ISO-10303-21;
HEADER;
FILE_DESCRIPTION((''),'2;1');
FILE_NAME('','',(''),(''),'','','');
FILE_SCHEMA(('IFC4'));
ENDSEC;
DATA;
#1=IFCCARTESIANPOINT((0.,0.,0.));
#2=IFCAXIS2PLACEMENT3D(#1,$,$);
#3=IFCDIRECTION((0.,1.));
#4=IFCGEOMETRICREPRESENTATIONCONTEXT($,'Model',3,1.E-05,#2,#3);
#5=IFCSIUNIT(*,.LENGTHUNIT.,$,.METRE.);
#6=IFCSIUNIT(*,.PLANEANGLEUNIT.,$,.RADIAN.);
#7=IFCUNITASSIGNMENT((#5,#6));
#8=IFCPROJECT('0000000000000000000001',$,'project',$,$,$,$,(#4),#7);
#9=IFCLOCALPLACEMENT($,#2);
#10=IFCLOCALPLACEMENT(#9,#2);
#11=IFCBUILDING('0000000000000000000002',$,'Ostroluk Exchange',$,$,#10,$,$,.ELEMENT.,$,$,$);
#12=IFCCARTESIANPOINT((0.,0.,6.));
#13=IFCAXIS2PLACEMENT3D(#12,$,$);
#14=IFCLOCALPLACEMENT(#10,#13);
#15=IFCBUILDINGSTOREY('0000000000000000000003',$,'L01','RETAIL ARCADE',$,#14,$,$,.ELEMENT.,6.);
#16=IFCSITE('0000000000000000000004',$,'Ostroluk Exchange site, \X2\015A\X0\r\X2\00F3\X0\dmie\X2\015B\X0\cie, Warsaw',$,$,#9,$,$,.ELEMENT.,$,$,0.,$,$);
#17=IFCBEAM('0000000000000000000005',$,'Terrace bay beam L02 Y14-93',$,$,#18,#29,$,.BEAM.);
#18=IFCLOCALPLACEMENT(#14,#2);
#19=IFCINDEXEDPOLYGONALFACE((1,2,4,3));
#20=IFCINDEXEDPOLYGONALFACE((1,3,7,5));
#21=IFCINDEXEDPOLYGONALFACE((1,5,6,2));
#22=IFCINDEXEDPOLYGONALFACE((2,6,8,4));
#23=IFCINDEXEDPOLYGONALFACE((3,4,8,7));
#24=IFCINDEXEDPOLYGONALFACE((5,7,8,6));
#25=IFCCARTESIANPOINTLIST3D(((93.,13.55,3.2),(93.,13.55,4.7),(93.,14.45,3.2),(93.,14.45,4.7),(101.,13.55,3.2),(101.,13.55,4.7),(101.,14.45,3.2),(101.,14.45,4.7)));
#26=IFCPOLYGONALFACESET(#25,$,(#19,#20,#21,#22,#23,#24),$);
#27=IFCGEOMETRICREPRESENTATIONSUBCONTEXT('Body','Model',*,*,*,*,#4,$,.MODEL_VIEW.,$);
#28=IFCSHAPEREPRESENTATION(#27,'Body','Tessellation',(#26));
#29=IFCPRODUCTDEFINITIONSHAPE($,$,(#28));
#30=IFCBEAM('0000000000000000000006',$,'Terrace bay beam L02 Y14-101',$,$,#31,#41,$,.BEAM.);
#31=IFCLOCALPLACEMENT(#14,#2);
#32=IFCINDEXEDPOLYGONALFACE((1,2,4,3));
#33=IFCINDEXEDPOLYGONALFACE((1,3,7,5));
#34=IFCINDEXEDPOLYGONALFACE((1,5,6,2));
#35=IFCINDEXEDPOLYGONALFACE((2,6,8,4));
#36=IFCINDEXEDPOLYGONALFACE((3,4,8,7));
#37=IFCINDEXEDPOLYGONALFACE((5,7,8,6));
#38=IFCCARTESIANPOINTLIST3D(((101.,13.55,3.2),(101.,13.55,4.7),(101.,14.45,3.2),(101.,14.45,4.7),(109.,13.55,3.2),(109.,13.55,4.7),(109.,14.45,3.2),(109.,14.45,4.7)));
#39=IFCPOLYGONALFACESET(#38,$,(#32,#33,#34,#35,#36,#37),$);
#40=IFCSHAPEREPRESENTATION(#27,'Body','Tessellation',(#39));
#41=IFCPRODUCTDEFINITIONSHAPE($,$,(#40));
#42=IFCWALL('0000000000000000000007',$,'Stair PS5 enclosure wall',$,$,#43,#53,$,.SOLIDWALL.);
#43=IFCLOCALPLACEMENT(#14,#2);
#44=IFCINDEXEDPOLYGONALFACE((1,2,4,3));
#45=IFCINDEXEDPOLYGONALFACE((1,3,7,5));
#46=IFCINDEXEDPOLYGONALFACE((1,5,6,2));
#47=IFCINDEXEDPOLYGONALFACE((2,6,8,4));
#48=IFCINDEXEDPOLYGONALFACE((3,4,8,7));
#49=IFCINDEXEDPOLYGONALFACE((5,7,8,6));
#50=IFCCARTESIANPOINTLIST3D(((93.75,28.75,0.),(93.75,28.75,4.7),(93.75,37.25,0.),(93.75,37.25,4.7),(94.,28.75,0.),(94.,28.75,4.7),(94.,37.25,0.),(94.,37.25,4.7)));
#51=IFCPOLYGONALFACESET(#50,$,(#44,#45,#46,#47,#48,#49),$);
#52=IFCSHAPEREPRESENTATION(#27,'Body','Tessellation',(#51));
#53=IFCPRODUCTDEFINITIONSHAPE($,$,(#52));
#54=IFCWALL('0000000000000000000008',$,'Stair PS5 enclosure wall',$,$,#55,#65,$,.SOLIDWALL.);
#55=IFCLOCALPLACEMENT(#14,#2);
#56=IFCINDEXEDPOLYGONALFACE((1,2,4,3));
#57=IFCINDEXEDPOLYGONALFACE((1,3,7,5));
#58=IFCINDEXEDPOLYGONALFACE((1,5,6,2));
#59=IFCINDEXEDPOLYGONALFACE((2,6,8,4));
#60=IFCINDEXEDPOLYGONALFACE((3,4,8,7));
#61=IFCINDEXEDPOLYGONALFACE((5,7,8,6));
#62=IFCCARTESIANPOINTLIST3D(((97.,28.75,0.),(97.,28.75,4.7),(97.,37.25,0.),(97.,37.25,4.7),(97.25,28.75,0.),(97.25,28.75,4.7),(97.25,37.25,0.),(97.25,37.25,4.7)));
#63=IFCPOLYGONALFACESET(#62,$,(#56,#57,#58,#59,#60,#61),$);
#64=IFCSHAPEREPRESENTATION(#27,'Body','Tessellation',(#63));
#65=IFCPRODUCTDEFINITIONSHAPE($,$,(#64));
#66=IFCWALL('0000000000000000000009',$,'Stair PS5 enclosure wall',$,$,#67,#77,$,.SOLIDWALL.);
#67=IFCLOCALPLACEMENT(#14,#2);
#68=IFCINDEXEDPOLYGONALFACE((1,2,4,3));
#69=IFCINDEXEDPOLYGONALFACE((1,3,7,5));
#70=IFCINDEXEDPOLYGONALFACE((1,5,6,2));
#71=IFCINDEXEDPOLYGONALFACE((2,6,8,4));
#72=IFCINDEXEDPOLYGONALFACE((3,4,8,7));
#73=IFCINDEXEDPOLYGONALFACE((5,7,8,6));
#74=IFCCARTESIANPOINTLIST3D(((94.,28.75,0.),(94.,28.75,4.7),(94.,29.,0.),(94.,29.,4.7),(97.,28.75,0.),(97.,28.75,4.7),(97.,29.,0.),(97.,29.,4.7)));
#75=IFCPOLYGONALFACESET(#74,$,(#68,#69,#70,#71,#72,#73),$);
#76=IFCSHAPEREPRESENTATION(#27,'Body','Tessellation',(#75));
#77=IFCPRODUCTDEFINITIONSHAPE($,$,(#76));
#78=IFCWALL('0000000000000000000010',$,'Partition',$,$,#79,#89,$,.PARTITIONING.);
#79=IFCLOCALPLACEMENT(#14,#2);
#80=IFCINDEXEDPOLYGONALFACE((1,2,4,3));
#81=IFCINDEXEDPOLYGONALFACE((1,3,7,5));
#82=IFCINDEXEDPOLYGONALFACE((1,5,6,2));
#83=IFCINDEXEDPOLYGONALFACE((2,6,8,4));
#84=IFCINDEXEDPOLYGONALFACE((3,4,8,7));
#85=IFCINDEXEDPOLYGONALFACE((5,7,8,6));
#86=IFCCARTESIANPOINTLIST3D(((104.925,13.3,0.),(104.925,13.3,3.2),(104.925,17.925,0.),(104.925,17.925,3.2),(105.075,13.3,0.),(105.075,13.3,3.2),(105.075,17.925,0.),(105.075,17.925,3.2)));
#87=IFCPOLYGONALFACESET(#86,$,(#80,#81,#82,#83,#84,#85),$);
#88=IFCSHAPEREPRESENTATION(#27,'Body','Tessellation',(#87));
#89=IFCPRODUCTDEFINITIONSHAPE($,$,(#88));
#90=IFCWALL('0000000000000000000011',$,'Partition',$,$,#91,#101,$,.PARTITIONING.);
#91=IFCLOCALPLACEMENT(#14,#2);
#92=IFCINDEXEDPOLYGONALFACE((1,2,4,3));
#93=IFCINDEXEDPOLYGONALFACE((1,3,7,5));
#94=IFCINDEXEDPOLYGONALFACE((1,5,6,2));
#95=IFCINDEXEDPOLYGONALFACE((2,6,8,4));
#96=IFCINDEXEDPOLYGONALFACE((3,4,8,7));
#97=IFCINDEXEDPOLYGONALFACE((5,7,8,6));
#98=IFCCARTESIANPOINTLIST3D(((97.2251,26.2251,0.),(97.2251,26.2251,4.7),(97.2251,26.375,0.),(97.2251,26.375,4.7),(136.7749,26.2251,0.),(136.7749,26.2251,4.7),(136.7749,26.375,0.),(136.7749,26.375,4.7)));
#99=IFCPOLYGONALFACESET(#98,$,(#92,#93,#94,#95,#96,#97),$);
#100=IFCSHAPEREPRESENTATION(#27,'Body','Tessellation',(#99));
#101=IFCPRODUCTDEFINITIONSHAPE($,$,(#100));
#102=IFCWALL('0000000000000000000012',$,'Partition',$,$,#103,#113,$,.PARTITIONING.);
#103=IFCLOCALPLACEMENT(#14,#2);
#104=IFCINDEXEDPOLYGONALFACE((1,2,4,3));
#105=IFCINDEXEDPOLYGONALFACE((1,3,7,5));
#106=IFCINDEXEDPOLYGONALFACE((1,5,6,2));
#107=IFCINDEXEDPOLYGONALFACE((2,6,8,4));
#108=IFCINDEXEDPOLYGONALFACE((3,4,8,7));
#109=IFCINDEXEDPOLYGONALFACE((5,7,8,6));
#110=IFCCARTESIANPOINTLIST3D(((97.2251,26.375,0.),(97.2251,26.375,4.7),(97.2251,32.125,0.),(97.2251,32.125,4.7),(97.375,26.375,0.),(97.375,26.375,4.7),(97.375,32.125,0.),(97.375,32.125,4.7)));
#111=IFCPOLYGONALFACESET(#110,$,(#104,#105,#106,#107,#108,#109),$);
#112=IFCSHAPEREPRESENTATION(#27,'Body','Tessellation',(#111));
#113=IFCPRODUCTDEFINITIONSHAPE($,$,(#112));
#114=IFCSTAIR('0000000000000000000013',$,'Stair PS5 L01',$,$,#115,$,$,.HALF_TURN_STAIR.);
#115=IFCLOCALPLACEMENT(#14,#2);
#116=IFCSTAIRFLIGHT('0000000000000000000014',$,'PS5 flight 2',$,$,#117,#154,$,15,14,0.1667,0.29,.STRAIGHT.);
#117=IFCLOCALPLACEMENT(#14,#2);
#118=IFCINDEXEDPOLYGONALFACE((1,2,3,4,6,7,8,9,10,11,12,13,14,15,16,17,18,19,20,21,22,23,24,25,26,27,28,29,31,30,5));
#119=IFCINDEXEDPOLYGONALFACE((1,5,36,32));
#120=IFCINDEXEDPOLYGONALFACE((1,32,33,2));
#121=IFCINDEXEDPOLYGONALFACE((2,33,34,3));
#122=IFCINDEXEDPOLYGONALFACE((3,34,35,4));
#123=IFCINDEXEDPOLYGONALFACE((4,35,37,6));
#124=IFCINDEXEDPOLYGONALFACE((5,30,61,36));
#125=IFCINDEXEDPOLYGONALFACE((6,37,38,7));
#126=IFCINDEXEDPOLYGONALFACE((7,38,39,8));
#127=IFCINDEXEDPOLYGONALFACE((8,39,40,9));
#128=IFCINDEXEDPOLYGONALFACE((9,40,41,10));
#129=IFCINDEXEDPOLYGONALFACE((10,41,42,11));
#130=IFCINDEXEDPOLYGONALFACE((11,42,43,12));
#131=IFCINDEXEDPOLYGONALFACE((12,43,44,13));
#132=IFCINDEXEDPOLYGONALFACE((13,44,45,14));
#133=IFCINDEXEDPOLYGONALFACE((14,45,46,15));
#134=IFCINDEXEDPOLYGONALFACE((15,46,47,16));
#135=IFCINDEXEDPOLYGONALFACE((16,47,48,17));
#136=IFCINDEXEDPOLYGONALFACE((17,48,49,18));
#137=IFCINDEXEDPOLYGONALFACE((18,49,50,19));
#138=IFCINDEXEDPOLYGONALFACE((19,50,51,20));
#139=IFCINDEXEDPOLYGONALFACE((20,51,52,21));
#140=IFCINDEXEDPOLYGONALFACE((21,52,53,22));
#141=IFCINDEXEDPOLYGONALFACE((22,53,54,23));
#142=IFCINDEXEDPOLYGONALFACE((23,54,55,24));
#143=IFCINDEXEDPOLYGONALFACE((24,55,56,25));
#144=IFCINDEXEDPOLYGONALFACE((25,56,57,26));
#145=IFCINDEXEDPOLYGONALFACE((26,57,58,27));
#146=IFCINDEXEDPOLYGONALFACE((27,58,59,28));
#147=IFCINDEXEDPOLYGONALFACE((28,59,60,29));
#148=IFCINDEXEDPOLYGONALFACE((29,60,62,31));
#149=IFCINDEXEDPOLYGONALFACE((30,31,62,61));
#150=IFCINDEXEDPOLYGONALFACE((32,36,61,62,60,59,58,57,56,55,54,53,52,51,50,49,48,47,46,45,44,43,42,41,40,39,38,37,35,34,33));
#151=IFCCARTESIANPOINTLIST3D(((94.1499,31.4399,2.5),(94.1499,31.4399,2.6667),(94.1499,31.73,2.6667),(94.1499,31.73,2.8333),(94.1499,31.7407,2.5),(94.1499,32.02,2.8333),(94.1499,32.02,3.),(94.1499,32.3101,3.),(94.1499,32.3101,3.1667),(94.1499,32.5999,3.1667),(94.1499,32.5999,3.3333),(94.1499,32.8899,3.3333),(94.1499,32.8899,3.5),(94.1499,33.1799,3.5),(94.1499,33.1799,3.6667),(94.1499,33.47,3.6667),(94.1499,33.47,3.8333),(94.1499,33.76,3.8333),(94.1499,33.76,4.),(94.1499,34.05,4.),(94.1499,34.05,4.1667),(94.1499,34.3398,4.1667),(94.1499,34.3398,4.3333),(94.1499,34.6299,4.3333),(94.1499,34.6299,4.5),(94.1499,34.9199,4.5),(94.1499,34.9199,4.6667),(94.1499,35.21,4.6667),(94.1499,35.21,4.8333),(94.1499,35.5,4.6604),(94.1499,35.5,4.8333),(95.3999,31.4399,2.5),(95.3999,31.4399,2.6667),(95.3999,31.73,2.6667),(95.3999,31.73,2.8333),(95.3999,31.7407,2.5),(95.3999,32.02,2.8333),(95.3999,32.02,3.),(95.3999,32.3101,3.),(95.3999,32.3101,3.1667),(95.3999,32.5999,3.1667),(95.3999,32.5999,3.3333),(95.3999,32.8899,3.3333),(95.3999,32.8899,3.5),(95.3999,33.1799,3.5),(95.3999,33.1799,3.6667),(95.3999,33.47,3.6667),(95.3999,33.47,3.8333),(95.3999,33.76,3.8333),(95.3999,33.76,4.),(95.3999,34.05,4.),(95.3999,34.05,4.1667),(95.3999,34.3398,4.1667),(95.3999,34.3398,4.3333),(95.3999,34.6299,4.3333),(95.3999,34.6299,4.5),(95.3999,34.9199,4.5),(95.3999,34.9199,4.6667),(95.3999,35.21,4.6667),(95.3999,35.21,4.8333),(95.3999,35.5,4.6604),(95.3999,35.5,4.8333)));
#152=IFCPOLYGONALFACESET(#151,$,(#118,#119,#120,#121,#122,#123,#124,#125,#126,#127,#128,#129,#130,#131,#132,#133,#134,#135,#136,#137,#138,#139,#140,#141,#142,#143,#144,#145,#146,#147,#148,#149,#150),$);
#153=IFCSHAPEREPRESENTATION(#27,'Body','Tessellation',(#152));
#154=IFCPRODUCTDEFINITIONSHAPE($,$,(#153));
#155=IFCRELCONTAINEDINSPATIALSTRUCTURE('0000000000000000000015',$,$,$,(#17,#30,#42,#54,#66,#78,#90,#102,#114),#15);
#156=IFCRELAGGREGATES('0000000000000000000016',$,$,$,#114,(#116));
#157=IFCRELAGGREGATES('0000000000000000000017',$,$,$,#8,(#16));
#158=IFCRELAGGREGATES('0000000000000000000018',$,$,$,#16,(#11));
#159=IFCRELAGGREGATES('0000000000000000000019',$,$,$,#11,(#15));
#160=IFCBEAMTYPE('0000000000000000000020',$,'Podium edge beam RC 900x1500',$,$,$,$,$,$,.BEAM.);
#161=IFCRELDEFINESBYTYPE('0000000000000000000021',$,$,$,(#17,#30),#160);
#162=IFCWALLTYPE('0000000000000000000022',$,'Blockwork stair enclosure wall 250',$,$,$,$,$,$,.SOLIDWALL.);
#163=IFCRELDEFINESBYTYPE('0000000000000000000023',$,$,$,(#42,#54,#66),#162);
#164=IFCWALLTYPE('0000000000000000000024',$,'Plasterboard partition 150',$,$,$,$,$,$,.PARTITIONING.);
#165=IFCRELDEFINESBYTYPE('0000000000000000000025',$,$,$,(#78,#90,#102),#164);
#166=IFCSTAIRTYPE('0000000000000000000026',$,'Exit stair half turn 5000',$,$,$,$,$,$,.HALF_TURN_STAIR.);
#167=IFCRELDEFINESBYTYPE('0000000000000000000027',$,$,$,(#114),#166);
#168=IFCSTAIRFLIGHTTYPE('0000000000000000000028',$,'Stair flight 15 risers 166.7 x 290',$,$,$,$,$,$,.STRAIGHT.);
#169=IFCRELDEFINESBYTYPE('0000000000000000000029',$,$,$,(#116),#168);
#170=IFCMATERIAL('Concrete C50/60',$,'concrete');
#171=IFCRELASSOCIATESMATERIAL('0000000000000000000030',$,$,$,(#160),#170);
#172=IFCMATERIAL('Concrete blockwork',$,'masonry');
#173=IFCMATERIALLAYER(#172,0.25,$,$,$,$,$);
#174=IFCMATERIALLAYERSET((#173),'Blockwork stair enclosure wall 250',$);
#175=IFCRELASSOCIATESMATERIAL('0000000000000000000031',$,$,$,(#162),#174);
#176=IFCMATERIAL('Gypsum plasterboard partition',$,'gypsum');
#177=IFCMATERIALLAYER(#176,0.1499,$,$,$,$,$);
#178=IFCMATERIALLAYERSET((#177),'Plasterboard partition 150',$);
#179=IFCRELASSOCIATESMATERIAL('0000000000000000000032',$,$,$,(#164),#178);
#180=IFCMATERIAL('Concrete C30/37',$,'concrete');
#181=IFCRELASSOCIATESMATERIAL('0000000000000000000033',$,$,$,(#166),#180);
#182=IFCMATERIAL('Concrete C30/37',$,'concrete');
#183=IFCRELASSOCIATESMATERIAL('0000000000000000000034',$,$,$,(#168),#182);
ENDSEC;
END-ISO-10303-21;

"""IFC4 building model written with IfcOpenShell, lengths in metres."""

from ifc_helpers import new_model, si_unit, direction, frame, frame_2d, origin, origin_2d, place, context, subcontext, project, spatial, polyline, rectangle, outline, extrude, material, layer, layer_set, material_profile, profile_set, type_object, element, aggregate, save


model = new_model("IFC4")

# Units and contexts
model_context = context("Model", 3, precision=1e-05, world=origin(), true_north=direction((0.0, 1.0)))
body_context = subcontext(model_context, "Body", "Model", "MODEL_VIEW")
ifc_project = project(units=[si_unit("LENGTHUNIT", "METRE"), si_unit("PLANEANGLEUNIT", "RADIAN")], contexts=[model_context])

# Site, building, storey
site_placement = place(None, origin())
site = spatial("IfcSite", under=ifc_project, at=site_placement, Name="Ostroluk Exchange site, Śródmieście, Warsaw", CompositionType="ELEMENT", RefElevation=0.0)
building_placement = place(site_placement, origin())
building = spatial("IfcBuilding", under=site, at=building_placement, Name="Ostroluk Exchange", CompositionType="ELEMENT")
storey_placement = place(building_placement, frame((0.0, 0.0, 6.0)))
storey = spatial("IfcBuildingStorey", under=building, at=storey_placement, Name="L01", Description="RETAIL ARCADE", CompositionType="ELEMENT", Elevation=6.0)

# Beams
ifc_material_1 = material(Name="Concrete C50/60", Category="concrete")
ifc_material_profile_1 = material_profile(ifc_material_1, rectangle(XDim=0.8999, YDim=1.5, at=origin_2d()), Name="RC 900x1500")
ifc_profile_set_1 = profile_set([ifc_material_profile_1], Name="Concrete C50/60")
beam_type_1 = type_object("IfcBeamType", Name="Podium edge beam RC 900x1500", PredefinedType="BEAM", material=ifc_profile_set_1)
for number, where, z_axis, x_axis, name in (
    (1, (93.0, 14.0, 3.95), (1.0, 0.0, 0.0), (0.0, 1.0, 0.0), "Terrace bay beam L02 Y14-93"),
    (2, (101.0, 14.0, 3.95), (1.0, 0.0, 0.0), (0.0, 1.0, 0.0), "Terrace bay beam L02 Y14-101"),
):
    element("IfcBeam", number, at=place(storey_placement, frame(where, z_axis=z_axis, x_axis=x_axis)), inside=storey, type_object=beam_type_1, Name=name, PredefinedType="BEAM", context=body_context, shape_type="SweptSolid", body=[
        extrude(rectangle(XDim=0.8999, YDim=1.5, at=origin_2d()), origin(), (0.0, 0.0, 1.0), 8.0),
    ])

# Walls
ifc_material_2 = material(Name="Concrete blockwork", Category="masonry")
ifc_layer_1 = layer(ifc_material_2, 0.25)
ifc_layer_set_1 = layer_set([ifc_layer_1], Name="Blockwork stair enclosure wall 250")
wall_type_1 = type_object("IfcWallType", Name="Blockwork stair enclosure wall 250", PredefinedType="SOLIDWALL", material=ifc_layer_set_1)
for number, where, z_axis, x_axis, name in (
    (3, (93.875, 28.75, 0.0), (0.0, 0.0, 1.0), (0.0, 1.0, 0.0), "Stair PS5 enclosure wall"),
    (4, (97.125, 28.75, 0.0), (0.0, 0.0, 1.0), (0.0, 1.0, 0.0), "Stair PS5 enclosure wall"),
):
    element("IfcWall", number, at=place(storey_placement, frame(where, z_axis=z_axis, x_axis=x_axis)), inside=storey, type_object=wall_type_1, Name=name, PredefinedType="SOLIDWALL", context=body_context, shape_type="SweptSolid", body=[
        extrude(rectangle(XDim=8.5, YDim=0.25, at=frame_2d((4.25, 0.0))), origin(), (0.0, 0.0, 1.0), 4.7),
    ])
wall_1_placement = place(storey_placement, frame((94.0, 28.875, 0.0), z_axis=(0.0, 0.0, 1.0), x_axis=(1.0, 0.0, 0.0)))
element("IfcWall", 5, at=wall_1_placement, inside=storey, type_object=wall_type_1, Name="Stair PS5 enclosure wall", PredefinedType="SOLIDWALL", context=body_context, shape_type="SweptSolid", body=[
    extrude(rectangle(XDim=3.0, YDim=0.25, at=frame_2d((1.5, 0.0))), origin(), (0.0, 0.0, 1.0), 4.7),
])
ifc_material_3 = material(Name="Gypsum plasterboard partition", Category="gypsum")
ifc_layer_2 = layer(ifc_material_3, 0.1499)
ifc_layer_set_2 = layer_set([ifc_layer_2], Name="Plasterboard partition 150")
wall_type_2 = type_object("IfcWallType", Name="Plasterboard partition 150", PredefinedType="PARTITIONING", material=ifc_layer_set_2)
wall_2_placement = place(storey_placement, frame((105.0, 17.925, 0.0), z_axis=(0.0, 0.0, 1.0), x_axis=(0.0, -1.0, 0.0)))
element("IfcWall", 6, at=wall_2_placement, inside=storey, type_object=wall_type_2, Name="Partition", PredefinedType="PARTITIONING", context=body_context, shape_type="SweptSolid", body=[
    extrude(rectangle(XDim=4.625, YDim=0.1499, at=frame_2d((2.3125, 0.0))), origin(), (0.0, 0.0, 1.0), 3.2),
])
wall_3_placement = place(storey_placement, frame((97.2251, 26.3, 0.0), z_axis=(0.0, 0.0, 1.0), x_axis=(1.0, 0.0, 0.0)))
element("IfcWall", 7, at=wall_3_placement, inside=storey, type_object=wall_type_2, Name="Partition", PredefinedType="PARTITIONING", context=body_context, shape_type="SweptSolid", body=[
    extrude(rectangle(XDim=39.5498, YDim=0.1499, at=frame_2d((19.7749, 0.0))), origin(), (0.0, 0.0, 1.0), 4.7),
])
wall_4_placement = place(storey_placement, frame((97.3, 26.375, 0.0), z_axis=(0.0, 0.0, 1.0), x_axis=(0.0, 1.0, 0.0)))
element("IfcWall", 8, at=wall_4_placement, inside=storey, type_object=wall_type_2, Name="Partition", PredefinedType="PARTITIONING", context=body_context, shape_type="SweptSolid", body=[
    extrude(rectangle(XDim=5.75, YDim=0.1499, at=frame_2d((2.875, 0.0))), origin(), (0.0, 0.0, 1.0), 4.7),
])

# Stair, stair flight
ifc_material_4 = material(Name="Concrete C30/37", Category="concrete")
stair_type = type_object("IfcStairType", Name="Exit stair half turn 5000", PredefinedType="HALF_TURN_STAIR", material=ifc_material_4)
stair_placement = place(storey_placement, origin())
stair = element("IfcStair", 9, at=stair_placement, inside=storey, type_object=stair_type, Name="Stair PS5 L01", PredefinedType="HALF_TURN_STAIR")
ifc_material_5 = material(Name="Concrete C30/37", Category="concrete")
stair_flight_type = type_object("IfcStairFlightType", Name="Stair flight 15 risers 166.7 x 290", PredefinedType="STRAIGHT", material=ifc_material_5)
stair_flight_placement = place(storey_placement, frame((94.7749, 31.4399, 2.5), z_axis=(0.0, 0.0, 1.0), x_axis=(0.0, 1.0, 0.0)))
stair_flight = element("IfcStairFlight", 10, at=stair_flight_placement, type_object=stair_flight_type, Name="PS5 flight 2", NumberOfRisers=15, NumberOfTreads=14, PredefinedType="STRAIGHT", RiserHeight=0.1667, TreadLength=0.29, context=body_context, shape_type="SweptSolid", body=[
    extrude(outline(polyline([(0.0, 0.0), (0.0, 0.1667), (0.29, 0.1667), (0.29, 0.3333), (0.5801, 0.3333), (0.5801, 0.5), (0.8701, 0.5), (0.8701, 0.6667), (1.1599, 0.6667), (1.1599, 0.8333), (1.45, 0.8333), (1.45, 1.0), (1.74, 1.0), (1.74, 1.1667), (2.03, 1.1667), (2.03, 1.3333), (2.3201, 1.3333), (2.3201, 1.5), (2.6101, 1.5), (2.6101, 1.6667), (2.8999, 1.6667), (2.8999, 1.8333), (3.1899, 1.8333), (3.1899, 2.0), (3.48, 2.0), (3.48, 2.1667), (3.77, 2.1667), (3.77, 2.3333), (4.0601, 2.3333), (4.0601, 2.5), (4.0601, 2.1604), (0.3008, 0.0), (0.0, 0.0)])), frame((0.0, 0.625, 0.0), z_axis=(0.0, -1.0, 0.0), x_axis=(1.0, 0.0, 0.0)), (0.0, 0.0, 1.0), 1.25),
])
aggregate(stair, [stair_flight])

save(model, "model.ifc")
